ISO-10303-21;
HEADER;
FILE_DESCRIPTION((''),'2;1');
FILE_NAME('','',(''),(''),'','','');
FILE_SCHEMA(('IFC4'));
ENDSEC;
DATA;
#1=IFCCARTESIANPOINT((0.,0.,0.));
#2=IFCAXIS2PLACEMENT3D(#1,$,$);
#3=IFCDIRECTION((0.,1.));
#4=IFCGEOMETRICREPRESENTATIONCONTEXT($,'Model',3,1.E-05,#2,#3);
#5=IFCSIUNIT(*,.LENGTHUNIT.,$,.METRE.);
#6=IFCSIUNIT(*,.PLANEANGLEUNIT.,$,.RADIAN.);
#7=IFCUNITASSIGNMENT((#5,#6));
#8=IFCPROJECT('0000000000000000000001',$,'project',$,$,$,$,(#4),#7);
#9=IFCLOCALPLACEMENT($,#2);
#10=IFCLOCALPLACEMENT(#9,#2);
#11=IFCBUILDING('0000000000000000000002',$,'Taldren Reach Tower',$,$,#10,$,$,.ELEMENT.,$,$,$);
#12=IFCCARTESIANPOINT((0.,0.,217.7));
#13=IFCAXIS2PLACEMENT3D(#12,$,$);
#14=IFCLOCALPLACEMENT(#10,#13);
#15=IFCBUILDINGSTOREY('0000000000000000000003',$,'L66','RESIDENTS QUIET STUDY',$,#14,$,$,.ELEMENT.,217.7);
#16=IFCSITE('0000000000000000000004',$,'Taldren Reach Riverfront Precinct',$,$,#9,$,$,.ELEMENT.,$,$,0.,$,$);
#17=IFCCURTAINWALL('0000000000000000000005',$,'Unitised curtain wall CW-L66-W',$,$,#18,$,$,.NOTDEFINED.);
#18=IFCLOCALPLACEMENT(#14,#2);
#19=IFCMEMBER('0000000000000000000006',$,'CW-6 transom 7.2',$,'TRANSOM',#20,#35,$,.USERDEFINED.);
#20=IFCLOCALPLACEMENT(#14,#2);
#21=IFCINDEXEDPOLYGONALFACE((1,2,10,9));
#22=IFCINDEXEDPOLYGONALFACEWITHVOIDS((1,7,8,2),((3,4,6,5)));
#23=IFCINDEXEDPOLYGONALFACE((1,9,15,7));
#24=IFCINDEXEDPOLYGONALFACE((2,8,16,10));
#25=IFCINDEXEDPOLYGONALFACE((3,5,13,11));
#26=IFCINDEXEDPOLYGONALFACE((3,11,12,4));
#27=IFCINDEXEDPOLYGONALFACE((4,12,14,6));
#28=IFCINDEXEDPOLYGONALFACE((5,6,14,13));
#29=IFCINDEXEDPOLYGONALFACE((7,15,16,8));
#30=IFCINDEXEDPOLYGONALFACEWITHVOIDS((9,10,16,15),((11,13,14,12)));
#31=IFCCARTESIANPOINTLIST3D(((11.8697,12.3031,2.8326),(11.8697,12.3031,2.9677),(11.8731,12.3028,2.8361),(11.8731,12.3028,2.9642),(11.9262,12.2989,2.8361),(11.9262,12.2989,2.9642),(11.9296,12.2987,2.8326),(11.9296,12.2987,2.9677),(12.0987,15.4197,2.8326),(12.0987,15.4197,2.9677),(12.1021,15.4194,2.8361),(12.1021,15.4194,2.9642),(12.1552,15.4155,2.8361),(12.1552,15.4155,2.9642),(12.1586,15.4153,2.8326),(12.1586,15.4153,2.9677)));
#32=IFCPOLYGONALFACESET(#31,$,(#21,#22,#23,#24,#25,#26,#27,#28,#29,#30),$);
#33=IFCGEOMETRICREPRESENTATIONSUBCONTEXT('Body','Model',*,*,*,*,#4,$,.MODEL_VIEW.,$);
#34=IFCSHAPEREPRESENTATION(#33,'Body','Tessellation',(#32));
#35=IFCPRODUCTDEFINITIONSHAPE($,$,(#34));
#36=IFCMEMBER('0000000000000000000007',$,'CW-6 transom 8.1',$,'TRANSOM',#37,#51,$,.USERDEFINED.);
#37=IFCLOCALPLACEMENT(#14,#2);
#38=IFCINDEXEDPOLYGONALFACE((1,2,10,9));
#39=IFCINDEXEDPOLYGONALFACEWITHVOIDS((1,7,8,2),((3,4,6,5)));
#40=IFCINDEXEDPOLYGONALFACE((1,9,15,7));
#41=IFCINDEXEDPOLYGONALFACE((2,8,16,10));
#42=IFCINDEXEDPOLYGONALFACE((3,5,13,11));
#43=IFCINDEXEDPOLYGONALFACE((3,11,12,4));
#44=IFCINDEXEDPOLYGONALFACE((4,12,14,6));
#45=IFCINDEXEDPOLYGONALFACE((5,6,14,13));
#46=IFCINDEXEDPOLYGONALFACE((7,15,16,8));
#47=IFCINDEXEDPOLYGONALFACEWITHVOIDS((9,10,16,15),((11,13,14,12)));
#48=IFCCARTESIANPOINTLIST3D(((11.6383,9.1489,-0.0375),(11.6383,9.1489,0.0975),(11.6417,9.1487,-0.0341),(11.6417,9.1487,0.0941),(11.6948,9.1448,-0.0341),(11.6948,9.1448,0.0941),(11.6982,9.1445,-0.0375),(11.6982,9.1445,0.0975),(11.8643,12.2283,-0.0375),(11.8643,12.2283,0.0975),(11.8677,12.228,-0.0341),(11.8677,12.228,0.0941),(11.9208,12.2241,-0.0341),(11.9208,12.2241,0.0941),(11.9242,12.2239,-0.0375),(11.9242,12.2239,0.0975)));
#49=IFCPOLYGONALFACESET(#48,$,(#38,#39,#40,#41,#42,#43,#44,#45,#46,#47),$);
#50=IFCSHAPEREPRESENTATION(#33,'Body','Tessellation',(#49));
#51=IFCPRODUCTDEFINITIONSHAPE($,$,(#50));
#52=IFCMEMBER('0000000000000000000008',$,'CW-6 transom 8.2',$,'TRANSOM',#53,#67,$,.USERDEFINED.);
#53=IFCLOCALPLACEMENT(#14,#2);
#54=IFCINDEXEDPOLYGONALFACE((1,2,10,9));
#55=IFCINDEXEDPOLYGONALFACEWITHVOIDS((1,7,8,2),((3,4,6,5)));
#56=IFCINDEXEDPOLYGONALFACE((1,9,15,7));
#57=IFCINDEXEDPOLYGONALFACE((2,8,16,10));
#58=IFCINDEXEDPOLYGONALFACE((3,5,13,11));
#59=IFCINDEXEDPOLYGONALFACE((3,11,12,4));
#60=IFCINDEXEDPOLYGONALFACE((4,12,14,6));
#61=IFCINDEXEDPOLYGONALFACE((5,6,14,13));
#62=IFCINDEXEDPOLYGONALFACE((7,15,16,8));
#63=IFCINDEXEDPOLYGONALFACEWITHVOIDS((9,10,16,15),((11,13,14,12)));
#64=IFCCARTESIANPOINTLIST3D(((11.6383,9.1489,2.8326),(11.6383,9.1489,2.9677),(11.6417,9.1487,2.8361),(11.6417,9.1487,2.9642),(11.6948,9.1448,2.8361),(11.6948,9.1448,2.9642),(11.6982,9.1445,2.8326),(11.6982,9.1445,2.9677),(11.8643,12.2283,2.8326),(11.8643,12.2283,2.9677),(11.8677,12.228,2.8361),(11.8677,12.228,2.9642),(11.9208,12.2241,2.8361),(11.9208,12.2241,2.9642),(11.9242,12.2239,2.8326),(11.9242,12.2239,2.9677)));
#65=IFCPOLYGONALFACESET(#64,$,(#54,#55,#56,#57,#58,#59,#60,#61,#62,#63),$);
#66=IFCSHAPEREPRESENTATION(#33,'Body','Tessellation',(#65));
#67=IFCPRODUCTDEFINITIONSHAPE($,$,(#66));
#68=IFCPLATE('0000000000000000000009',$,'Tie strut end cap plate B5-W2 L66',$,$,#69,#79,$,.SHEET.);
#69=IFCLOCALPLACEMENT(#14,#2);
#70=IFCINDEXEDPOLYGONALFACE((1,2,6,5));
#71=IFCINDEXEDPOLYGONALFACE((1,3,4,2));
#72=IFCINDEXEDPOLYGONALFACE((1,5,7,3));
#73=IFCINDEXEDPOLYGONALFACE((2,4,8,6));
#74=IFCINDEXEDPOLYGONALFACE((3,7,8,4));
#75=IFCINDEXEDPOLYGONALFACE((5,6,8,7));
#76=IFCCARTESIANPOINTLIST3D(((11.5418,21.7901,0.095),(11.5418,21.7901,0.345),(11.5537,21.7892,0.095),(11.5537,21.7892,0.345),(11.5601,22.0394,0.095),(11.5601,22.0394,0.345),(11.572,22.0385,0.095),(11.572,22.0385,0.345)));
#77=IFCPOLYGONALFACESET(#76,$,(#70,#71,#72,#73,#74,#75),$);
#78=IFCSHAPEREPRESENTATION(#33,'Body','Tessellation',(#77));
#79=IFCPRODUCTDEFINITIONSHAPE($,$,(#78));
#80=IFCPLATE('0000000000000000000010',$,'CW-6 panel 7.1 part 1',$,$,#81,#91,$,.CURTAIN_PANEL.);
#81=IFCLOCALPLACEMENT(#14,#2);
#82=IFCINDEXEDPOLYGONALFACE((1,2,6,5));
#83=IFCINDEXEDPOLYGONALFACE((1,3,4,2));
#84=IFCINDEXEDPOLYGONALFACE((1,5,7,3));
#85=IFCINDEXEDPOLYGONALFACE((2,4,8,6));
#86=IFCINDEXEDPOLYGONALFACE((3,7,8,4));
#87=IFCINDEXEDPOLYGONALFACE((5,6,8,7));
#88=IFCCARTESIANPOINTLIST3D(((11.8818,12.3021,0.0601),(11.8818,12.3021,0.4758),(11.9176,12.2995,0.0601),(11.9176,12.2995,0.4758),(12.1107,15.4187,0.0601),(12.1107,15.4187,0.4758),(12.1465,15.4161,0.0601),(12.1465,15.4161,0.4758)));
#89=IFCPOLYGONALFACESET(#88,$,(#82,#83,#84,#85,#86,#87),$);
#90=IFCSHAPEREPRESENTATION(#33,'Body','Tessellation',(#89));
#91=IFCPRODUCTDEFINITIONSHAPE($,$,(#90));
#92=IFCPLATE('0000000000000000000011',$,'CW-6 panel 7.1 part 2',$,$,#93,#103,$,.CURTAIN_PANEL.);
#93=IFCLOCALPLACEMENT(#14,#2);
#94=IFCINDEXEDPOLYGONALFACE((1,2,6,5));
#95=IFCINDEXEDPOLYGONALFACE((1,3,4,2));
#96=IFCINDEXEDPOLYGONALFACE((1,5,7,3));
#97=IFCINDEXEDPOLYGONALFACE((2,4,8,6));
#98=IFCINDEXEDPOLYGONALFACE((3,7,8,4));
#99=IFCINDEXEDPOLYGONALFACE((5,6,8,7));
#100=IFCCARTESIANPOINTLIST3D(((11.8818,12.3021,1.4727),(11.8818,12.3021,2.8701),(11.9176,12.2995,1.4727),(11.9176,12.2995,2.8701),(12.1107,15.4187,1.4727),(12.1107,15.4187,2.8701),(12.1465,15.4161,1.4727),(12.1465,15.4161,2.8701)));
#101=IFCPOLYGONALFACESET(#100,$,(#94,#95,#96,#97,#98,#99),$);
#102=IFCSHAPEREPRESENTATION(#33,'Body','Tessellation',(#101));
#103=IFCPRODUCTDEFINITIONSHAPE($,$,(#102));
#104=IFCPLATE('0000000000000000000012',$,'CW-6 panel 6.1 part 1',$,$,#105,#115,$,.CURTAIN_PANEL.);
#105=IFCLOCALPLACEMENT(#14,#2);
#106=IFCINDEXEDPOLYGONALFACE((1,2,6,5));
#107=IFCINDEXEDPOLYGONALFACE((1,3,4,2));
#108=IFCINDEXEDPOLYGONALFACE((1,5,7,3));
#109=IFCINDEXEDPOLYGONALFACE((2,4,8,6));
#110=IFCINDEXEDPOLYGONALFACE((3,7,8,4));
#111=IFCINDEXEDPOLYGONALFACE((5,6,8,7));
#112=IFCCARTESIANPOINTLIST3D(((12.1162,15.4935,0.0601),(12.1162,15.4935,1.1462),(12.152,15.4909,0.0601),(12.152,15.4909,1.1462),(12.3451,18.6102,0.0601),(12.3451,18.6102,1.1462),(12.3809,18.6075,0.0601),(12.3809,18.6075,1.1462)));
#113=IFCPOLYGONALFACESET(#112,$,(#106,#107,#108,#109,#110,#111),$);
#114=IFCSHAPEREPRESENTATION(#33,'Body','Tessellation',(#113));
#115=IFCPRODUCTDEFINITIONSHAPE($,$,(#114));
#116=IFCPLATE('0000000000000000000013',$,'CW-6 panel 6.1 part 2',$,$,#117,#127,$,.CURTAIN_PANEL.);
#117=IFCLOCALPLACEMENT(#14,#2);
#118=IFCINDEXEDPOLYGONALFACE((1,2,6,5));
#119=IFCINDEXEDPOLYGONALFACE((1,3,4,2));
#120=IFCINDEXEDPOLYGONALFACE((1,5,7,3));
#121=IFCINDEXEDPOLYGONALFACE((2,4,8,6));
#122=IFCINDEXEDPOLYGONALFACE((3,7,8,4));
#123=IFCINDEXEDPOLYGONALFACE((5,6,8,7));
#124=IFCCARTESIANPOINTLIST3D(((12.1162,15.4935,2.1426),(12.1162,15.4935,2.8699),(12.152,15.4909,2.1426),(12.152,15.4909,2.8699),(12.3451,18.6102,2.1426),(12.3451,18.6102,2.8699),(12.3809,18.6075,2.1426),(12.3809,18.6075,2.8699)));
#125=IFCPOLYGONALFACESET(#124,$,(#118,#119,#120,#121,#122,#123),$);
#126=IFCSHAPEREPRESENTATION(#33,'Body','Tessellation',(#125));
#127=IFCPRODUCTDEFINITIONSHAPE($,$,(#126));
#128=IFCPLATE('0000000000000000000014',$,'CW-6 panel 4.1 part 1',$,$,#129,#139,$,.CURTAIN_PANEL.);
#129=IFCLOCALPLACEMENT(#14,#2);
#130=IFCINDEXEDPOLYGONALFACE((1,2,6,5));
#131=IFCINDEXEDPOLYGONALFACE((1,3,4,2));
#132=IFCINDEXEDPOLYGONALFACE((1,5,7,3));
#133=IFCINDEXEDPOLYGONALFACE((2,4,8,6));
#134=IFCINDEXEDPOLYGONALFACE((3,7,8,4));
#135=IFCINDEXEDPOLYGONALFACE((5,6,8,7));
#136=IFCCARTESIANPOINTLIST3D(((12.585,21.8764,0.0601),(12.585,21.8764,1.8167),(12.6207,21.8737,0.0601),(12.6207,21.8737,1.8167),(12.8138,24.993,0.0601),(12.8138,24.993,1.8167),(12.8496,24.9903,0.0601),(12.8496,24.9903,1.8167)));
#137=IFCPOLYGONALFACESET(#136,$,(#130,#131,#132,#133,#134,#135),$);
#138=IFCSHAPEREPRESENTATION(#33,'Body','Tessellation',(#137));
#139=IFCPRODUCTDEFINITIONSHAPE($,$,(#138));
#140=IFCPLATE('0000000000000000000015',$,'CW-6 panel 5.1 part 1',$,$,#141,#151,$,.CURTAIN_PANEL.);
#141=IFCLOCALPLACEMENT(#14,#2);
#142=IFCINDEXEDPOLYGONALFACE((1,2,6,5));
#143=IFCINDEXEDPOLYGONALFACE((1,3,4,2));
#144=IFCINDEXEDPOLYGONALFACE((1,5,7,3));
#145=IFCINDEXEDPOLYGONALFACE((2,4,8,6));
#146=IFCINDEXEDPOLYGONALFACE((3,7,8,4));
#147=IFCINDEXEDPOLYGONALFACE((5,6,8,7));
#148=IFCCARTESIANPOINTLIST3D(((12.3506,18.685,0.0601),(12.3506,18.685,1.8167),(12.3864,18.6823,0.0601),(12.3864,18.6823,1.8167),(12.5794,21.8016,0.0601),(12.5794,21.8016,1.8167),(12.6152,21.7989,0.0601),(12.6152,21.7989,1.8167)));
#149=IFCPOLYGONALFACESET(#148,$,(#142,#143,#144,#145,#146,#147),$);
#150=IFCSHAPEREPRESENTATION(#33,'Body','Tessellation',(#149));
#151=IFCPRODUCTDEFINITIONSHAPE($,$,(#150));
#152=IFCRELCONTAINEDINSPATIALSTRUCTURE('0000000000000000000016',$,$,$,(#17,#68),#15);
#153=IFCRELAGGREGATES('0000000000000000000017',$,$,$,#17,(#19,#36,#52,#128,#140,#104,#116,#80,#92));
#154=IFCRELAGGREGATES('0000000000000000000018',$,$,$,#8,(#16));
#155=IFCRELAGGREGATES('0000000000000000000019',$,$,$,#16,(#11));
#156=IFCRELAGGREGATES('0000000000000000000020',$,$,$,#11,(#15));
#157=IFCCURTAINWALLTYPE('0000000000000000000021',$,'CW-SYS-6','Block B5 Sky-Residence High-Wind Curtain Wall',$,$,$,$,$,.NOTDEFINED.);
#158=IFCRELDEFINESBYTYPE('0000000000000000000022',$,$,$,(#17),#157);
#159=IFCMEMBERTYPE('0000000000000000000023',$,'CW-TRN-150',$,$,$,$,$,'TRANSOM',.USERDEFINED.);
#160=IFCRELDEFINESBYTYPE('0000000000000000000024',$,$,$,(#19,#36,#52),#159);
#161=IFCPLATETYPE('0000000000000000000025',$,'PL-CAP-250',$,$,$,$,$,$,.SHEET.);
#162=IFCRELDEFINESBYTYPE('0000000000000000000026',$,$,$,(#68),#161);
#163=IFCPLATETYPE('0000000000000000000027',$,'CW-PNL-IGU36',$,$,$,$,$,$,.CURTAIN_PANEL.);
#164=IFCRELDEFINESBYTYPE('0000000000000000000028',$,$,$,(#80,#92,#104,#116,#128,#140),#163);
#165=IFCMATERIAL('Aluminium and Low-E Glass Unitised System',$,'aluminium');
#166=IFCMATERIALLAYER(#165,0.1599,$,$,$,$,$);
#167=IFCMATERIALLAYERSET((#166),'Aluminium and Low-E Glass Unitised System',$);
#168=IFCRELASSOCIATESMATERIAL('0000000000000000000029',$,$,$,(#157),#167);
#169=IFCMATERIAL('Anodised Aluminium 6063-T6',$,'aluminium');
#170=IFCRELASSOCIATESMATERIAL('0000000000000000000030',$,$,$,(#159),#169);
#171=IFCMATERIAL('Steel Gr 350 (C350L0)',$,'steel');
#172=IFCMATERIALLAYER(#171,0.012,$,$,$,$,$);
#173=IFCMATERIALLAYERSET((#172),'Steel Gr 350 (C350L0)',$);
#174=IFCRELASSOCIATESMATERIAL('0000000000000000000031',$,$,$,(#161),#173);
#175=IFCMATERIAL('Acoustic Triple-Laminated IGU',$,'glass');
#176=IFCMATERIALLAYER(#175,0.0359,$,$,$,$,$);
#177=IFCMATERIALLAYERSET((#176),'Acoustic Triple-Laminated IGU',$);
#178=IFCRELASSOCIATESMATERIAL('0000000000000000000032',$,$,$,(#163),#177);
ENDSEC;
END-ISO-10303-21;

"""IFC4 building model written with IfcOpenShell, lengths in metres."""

from ifc_helpers import new_model, si_unit, direction, frame, origin, origin_2d, place, context, subcontext, project, spatial, rectangle, hollow_rectangle, extrude, source, transform, mapped, material, layer, layer_set, material_profile, profile_set, type_object, element, aggregate, save


model = new_model("IFC4")

# Units and contexts
model_context = context("Model", 3, precision=1e-05, world=origin(), true_north=direction((0.0, 1.0)))
body_context = subcontext(model_context, "Body", "Model", "MODEL_VIEW")
ifc_project = project(units=[si_unit("LENGTHUNIT", "METRE"), si_unit("PLANEANGLEUNIT", "RADIAN")], contexts=[model_context])

# Site, building, storey
site_placement = place(None, origin())
site = spatial("IfcSite", under=ifc_project, at=site_placement, Name="Taldren Reach Riverfront Precinct", CompositionType="ELEMENT", RefElevation=0.0)
building_placement = place(site_placement, origin())
building = spatial("IfcBuilding", under=site, at=building_placement, Name="Taldren Reach Tower", CompositionType="ELEMENT")
storey_placement = place(building_placement, frame((0.0, 0.0, 217.7)))
storey = spatial("IfcBuildingStorey", under=building, at=storey_placement, Name="L66", Description="RESIDENTS QUIET STUDY", CompositionType="ELEMENT", Elevation=217.7)

# Shared definitions
ifc_material_1 = material(Name="Steel Gr 350 (C350L0)", Category="steel")

# Curtain wall, members
ifc_material_2 = material(Name="Aluminium and Low-E Glass Unitised System", Category="aluminium")
ifc_layer_1 = layer(ifc_material_2, 0.1599)
ifc_layer_set_1 = layer_set([ifc_layer_1], Name="Aluminium and Low-E Glass Unitised System")
curtain_wall_type = type_object("IfcCurtainWallType", Name="CW-SYS-6", Description="Block B5 Sky-Residence High-Wind Curtain Wall", PredefinedType="NOTDEFINED", material=ifc_layer_set_1)
curtain_wall_placement = place(storey_placement, origin())
curtain_wall = element("IfcCurtainWall", 1, at=curtain_wall_placement, inside=storey, type_object=curtain_wall_type, Name="Unitised curtain wall CW-L66-W", PredefinedType="NOTDEFINED")
ifc_material_3 = material(Name="Anodised Aluminium 6063-T6", Category="aluminium")
ifc_material_profile_1 = material_profile(ifc_material_3, hollow_rectangle(XDim=0.0601, YDim=0.135, WallThickness=0.0034, at=origin_2d()), Name="ALU-135x60x3.5RHS")
ifc_profile_set_1 = profile_set([ifc_material_profile_1], Name="Anodised Aluminium 6063-T6")
member_type_1 = type_object("IfcMemberType", Name="CW-TRN-150", ElementType="TRANSOM", PredefinedType="USERDEFINED", material=ifc_profile_set_1)
shared_shape_1 = source(origin(), body_context, "Body", "SweptSolid", [
    extrude(hollow_rectangle(XDim=0.0601, YDim=0.135, WallThickness=0.0034, at=origin_2d()), origin(), (0.0, 0.0, 1.0), 3.125),
])
member_1_placement = place(storey_placement, frame((12.1287, 15.4175, 2.9001), z_axis=(-0.073279, -0.997311, 0.0), x_axis=(0.997311, -0.073279, 0.0)))
member_1 = element("IfcMember", 2, at=member_1_placement, type_object=member_type_1, Name="CW-6 transom 7.2", ObjectType="TRANSOM", PredefinedType="USERDEFINED", context=body_context, shape_type="MappedRepresentation", body=[
    mapped(shared_shape_1, transform((0.0, 0.0, 0.0), scale=1.0)),
])
shared_shape_2 = source(origin(), body_context, "Body", "SweptSolid", [
    extrude(hollow_rectangle(XDim=0.0601, YDim=0.135, WallThickness=0.0034, at=origin_2d()), origin(), (0.0, 0.0, 1.0), 3.0876),
])
member_2_placement = place(storey_placement, frame((11.8943, 12.2261, 0.03), z_axis=(-0.073219, -0.997316, 0.0), x_axis=(0.997316, -0.073219, 0.0)))
member_2 = element("IfcMember", 3, at=member_2_placement, type_object=member_type_1, Name="CW-6 transom 8.1", ObjectType="TRANSOM", PredefinedType="USERDEFINED", context=body_context, shape_type="MappedRepresentation", body=[
    mapped(shared_shape_2, transform((0.0, 0.0, 0.0), scale=1.0)),
])
member_3_placement = place(storey_placement, frame((11.8943, 12.2261, 2.9001), z_axis=(-0.073219, -0.997316, 0.0), x_axis=(0.997316, -0.073219, 0.0)))
member_3 = element("IfcMember", 4, at=member_3_placement, type_object=member_type_1, Name="CW-6 transom 8.2", ObjectType="TRANSOM", PredefinedType="USERDEFINED", context=body_context, shape_type="MappedRepresentation", body=[
    mapped(shared_shape_2, transform((0.0, 0.0, 0.0), scale=1.0)),
])

# Plates
ifc_layer_2 = layer(ifc_material_1, 0.012)
ifc_layer_set_2 = layer_set([ifc_layer_2], Name="Steel Gr 350 (C350L0)")
plate_type_1 = type_object("IfcPlateType", Name="PL-CAP-250", PredefinedType="SHEET", material=ifc_layer_set_2)
shared_shape_3 = source(origin(), body_context, "Body", "SweptSolid", [
    extrude(rectangle(XDim=0.012, YDim=0.25, at=origin_2d()), origin(), (0.0, 0.0, 1.0), 0.25),
])
plate_1_placement = place(storey_placement, frame((11.5569, 21.9143, 0.095), z_axis=(0.0, 0.0, 1.0), x_axis=(0.997314, -0.073238, 0.0)))
element("IfcPlate", 5, at=plate_1_placement, inside=storey, type_object=plate_type_1, Name="Tie strut end cap plate B5-W2 L66", PredefinedType="SHEET", context=body_context, shape_type="MappedRepresentation", body=[
    mapped(shared_shape_3, transform((0.0, 0.0, 0.0), scale=1.0)),
])
ifc_material_4 = material(Name="Acoustic Triple-Laminated IGU", Category="glass")
ifc_layer_3 = layer(ifc_material_4, 0.0359)
ifc_layer_set_3 = layer_set([ifc_layer_3], Name="Acoustic Triple-Laminated IGU")
plate_type_2 = type_object("IfcPlateType", Name="CW-PNL-IGU36", PredefinedType="CURTAIN_PANEL", material=ifc_layer_set_3)
shared_shape_4 = source(origin(), body_context, "Body", "SweptSolid", [
    extrude(rectangle(XDim=3.125, YDim=0.0359, at=origin_2d()), origin(), (0.0, 0.0, 1.0), 0.4158),
])
plate_2_placement = place(storey_placement, frame((12.0142, 13.8591, 0.0601), z_axis=(0.0, 0.0, 1.0), x_axis=(-0.073238, -0.997314, 0.0)))
plate_2 = element("IfcPlate", 6, at=plate_2_placement, type_object=plate_type_2, Name="CW-6 panel 7.1 part 1", PredefinedType="CURTAIN_PANEL", context=body_context, shape_type="MappedRepresentation", body=[
    mapped(shared_shape_4, transform((0.0, 0.0, 0.0), scale=1.0)),
])
shared_shape_5 = source(origin(), body_context, "Body", "SweptSolid", [
    extrude(rectangle(XDim=3.125, YDim=0.0359, at=origin_2d()), origin(), (0.0, 0.0, 1.0), 1.3975),
])
plate_3_placement = place(storey_placement, frame((12.0142, 13.8591, 1.4727), z_axis=(0.0, 0.0, 1.0), x_axis=(-0.073238, -0.997314, 0.0)))
plate_3 = element("IfcPlate", 7, at=plate_3_placement, type_object=plate_type_2, Name="CW-6 panel 7.1 part 2", PredefinedType="CURTAIN_PANEL", context=body_context, shape_type="MappedRepresentation", body=[
    mapped(shared_shape_5, transform((0.0, 0.0, 0.0), scale=1.0)),
])
shared_shape_6 = source(origin(), body_context, "Body", "SweptSolid", [
    extrude(rectangle(XDim=3.125, YDim=0.0359, at=origin_2d()), origin(), (0.0, 0.0, 1.0), 1.0862),
])
plate_4_placement = place(storey_placement, frame((12.2485, 17.0505, 0.0601), z_axis=(0.0, 0.0, 1.0), x_axis=(-0.073238, -0.997314, 0.0)))
plate_4 = element("IfcPlate", 8, at=plate_4_placement, type_object=plate_type_2, Name="CW-6 panel 6.1 part 1", PredefinedType="CURTAIN_PANEL", context=body_context, shape_type="MappedRepresentation", body=[
    mapped(shared_shape_6, transform((0.0, 0.0, 0.0), scale=1.0)),
])
shared_shape_7 = source(origin(), body_context, "Body", "SweptSolid", [
    extrude(rectangle(XDim=3.125, YDim=0.0359, at=origin_2d()), origin(), (0.0, 0.0, 1.0), 0.7273),
])
plate_5_placement = place(storey_placement, frame((12.2485, 17.0505, 2.1426), z_axis=(0.0, 0.0, 1.0), x_axis=(-0.073238, -0.997314, 0.0)))
plate_5 = element("IfcPlate", 9, at=plate_5_placement, type_object=plate_type_2, Name="CW-6 panel 6.1 part 2", PredefinedType="CURTAIN_PANEL", context=body_context, shape_type="MappedRepresentation", body=[
    mapped(shared_shape_7, transform((0.0, 0.0, 0.0), scale=1.0)),
])
shared_shape_8 = source(origin(), body_context, "Body", "SweptSolid", [
    extrude(rectangle(XDim=3.125, YDim=0.0359, at=origin_2d()), origin(), (0.0, 0.0, 1.0), 1.7566),
])
plate_6_placement = place(storey_placement, frame((12.7173, 23.4333, 0.0601), z_axis=(0.0, 0.0, 1.0), x_axis=(-0.073238, -0.997314, 0.0)))
plate_6 = element("IfcPlate", 10, at=plate_6_placement, type_object=plate_type_2, Name="CW-6 panel 4.1 part 1", PredefinedType="CURTAIN_PANEL", context=body_context, shape_type="MappedRepresentation", body=[
    mapped(shared_shape_8, transform((0.0, 0.0, 0.0), scale=1.0)),
])
plate_7_placement = place(storey_placement, frame((12.4829, 20.2419, 0.0601), z_axis=(0.0, 0.0, 1.0), x_axis=(-0.073238, -0.997314, 0.0)))
plate_7 = element("IfcPlate", 11, at=plate_7_placement, type_object=plate_type_2, Name="CW-6 panel 5.1 part 1", PredefinedType="CURTAIN_PANEL", context=body_context, shape_type="MappedRepresentation", body=[
    mapped(shared_shape_8, transform((0.0, 0.0, 0.0), scale=1.0)),
])
aggregate(curtain_wall, [member_1, member_2, member_3, plate_6, plate_7, plate_4, plate_5, plate_2, plate_3])

save(model, "model.ifc")
